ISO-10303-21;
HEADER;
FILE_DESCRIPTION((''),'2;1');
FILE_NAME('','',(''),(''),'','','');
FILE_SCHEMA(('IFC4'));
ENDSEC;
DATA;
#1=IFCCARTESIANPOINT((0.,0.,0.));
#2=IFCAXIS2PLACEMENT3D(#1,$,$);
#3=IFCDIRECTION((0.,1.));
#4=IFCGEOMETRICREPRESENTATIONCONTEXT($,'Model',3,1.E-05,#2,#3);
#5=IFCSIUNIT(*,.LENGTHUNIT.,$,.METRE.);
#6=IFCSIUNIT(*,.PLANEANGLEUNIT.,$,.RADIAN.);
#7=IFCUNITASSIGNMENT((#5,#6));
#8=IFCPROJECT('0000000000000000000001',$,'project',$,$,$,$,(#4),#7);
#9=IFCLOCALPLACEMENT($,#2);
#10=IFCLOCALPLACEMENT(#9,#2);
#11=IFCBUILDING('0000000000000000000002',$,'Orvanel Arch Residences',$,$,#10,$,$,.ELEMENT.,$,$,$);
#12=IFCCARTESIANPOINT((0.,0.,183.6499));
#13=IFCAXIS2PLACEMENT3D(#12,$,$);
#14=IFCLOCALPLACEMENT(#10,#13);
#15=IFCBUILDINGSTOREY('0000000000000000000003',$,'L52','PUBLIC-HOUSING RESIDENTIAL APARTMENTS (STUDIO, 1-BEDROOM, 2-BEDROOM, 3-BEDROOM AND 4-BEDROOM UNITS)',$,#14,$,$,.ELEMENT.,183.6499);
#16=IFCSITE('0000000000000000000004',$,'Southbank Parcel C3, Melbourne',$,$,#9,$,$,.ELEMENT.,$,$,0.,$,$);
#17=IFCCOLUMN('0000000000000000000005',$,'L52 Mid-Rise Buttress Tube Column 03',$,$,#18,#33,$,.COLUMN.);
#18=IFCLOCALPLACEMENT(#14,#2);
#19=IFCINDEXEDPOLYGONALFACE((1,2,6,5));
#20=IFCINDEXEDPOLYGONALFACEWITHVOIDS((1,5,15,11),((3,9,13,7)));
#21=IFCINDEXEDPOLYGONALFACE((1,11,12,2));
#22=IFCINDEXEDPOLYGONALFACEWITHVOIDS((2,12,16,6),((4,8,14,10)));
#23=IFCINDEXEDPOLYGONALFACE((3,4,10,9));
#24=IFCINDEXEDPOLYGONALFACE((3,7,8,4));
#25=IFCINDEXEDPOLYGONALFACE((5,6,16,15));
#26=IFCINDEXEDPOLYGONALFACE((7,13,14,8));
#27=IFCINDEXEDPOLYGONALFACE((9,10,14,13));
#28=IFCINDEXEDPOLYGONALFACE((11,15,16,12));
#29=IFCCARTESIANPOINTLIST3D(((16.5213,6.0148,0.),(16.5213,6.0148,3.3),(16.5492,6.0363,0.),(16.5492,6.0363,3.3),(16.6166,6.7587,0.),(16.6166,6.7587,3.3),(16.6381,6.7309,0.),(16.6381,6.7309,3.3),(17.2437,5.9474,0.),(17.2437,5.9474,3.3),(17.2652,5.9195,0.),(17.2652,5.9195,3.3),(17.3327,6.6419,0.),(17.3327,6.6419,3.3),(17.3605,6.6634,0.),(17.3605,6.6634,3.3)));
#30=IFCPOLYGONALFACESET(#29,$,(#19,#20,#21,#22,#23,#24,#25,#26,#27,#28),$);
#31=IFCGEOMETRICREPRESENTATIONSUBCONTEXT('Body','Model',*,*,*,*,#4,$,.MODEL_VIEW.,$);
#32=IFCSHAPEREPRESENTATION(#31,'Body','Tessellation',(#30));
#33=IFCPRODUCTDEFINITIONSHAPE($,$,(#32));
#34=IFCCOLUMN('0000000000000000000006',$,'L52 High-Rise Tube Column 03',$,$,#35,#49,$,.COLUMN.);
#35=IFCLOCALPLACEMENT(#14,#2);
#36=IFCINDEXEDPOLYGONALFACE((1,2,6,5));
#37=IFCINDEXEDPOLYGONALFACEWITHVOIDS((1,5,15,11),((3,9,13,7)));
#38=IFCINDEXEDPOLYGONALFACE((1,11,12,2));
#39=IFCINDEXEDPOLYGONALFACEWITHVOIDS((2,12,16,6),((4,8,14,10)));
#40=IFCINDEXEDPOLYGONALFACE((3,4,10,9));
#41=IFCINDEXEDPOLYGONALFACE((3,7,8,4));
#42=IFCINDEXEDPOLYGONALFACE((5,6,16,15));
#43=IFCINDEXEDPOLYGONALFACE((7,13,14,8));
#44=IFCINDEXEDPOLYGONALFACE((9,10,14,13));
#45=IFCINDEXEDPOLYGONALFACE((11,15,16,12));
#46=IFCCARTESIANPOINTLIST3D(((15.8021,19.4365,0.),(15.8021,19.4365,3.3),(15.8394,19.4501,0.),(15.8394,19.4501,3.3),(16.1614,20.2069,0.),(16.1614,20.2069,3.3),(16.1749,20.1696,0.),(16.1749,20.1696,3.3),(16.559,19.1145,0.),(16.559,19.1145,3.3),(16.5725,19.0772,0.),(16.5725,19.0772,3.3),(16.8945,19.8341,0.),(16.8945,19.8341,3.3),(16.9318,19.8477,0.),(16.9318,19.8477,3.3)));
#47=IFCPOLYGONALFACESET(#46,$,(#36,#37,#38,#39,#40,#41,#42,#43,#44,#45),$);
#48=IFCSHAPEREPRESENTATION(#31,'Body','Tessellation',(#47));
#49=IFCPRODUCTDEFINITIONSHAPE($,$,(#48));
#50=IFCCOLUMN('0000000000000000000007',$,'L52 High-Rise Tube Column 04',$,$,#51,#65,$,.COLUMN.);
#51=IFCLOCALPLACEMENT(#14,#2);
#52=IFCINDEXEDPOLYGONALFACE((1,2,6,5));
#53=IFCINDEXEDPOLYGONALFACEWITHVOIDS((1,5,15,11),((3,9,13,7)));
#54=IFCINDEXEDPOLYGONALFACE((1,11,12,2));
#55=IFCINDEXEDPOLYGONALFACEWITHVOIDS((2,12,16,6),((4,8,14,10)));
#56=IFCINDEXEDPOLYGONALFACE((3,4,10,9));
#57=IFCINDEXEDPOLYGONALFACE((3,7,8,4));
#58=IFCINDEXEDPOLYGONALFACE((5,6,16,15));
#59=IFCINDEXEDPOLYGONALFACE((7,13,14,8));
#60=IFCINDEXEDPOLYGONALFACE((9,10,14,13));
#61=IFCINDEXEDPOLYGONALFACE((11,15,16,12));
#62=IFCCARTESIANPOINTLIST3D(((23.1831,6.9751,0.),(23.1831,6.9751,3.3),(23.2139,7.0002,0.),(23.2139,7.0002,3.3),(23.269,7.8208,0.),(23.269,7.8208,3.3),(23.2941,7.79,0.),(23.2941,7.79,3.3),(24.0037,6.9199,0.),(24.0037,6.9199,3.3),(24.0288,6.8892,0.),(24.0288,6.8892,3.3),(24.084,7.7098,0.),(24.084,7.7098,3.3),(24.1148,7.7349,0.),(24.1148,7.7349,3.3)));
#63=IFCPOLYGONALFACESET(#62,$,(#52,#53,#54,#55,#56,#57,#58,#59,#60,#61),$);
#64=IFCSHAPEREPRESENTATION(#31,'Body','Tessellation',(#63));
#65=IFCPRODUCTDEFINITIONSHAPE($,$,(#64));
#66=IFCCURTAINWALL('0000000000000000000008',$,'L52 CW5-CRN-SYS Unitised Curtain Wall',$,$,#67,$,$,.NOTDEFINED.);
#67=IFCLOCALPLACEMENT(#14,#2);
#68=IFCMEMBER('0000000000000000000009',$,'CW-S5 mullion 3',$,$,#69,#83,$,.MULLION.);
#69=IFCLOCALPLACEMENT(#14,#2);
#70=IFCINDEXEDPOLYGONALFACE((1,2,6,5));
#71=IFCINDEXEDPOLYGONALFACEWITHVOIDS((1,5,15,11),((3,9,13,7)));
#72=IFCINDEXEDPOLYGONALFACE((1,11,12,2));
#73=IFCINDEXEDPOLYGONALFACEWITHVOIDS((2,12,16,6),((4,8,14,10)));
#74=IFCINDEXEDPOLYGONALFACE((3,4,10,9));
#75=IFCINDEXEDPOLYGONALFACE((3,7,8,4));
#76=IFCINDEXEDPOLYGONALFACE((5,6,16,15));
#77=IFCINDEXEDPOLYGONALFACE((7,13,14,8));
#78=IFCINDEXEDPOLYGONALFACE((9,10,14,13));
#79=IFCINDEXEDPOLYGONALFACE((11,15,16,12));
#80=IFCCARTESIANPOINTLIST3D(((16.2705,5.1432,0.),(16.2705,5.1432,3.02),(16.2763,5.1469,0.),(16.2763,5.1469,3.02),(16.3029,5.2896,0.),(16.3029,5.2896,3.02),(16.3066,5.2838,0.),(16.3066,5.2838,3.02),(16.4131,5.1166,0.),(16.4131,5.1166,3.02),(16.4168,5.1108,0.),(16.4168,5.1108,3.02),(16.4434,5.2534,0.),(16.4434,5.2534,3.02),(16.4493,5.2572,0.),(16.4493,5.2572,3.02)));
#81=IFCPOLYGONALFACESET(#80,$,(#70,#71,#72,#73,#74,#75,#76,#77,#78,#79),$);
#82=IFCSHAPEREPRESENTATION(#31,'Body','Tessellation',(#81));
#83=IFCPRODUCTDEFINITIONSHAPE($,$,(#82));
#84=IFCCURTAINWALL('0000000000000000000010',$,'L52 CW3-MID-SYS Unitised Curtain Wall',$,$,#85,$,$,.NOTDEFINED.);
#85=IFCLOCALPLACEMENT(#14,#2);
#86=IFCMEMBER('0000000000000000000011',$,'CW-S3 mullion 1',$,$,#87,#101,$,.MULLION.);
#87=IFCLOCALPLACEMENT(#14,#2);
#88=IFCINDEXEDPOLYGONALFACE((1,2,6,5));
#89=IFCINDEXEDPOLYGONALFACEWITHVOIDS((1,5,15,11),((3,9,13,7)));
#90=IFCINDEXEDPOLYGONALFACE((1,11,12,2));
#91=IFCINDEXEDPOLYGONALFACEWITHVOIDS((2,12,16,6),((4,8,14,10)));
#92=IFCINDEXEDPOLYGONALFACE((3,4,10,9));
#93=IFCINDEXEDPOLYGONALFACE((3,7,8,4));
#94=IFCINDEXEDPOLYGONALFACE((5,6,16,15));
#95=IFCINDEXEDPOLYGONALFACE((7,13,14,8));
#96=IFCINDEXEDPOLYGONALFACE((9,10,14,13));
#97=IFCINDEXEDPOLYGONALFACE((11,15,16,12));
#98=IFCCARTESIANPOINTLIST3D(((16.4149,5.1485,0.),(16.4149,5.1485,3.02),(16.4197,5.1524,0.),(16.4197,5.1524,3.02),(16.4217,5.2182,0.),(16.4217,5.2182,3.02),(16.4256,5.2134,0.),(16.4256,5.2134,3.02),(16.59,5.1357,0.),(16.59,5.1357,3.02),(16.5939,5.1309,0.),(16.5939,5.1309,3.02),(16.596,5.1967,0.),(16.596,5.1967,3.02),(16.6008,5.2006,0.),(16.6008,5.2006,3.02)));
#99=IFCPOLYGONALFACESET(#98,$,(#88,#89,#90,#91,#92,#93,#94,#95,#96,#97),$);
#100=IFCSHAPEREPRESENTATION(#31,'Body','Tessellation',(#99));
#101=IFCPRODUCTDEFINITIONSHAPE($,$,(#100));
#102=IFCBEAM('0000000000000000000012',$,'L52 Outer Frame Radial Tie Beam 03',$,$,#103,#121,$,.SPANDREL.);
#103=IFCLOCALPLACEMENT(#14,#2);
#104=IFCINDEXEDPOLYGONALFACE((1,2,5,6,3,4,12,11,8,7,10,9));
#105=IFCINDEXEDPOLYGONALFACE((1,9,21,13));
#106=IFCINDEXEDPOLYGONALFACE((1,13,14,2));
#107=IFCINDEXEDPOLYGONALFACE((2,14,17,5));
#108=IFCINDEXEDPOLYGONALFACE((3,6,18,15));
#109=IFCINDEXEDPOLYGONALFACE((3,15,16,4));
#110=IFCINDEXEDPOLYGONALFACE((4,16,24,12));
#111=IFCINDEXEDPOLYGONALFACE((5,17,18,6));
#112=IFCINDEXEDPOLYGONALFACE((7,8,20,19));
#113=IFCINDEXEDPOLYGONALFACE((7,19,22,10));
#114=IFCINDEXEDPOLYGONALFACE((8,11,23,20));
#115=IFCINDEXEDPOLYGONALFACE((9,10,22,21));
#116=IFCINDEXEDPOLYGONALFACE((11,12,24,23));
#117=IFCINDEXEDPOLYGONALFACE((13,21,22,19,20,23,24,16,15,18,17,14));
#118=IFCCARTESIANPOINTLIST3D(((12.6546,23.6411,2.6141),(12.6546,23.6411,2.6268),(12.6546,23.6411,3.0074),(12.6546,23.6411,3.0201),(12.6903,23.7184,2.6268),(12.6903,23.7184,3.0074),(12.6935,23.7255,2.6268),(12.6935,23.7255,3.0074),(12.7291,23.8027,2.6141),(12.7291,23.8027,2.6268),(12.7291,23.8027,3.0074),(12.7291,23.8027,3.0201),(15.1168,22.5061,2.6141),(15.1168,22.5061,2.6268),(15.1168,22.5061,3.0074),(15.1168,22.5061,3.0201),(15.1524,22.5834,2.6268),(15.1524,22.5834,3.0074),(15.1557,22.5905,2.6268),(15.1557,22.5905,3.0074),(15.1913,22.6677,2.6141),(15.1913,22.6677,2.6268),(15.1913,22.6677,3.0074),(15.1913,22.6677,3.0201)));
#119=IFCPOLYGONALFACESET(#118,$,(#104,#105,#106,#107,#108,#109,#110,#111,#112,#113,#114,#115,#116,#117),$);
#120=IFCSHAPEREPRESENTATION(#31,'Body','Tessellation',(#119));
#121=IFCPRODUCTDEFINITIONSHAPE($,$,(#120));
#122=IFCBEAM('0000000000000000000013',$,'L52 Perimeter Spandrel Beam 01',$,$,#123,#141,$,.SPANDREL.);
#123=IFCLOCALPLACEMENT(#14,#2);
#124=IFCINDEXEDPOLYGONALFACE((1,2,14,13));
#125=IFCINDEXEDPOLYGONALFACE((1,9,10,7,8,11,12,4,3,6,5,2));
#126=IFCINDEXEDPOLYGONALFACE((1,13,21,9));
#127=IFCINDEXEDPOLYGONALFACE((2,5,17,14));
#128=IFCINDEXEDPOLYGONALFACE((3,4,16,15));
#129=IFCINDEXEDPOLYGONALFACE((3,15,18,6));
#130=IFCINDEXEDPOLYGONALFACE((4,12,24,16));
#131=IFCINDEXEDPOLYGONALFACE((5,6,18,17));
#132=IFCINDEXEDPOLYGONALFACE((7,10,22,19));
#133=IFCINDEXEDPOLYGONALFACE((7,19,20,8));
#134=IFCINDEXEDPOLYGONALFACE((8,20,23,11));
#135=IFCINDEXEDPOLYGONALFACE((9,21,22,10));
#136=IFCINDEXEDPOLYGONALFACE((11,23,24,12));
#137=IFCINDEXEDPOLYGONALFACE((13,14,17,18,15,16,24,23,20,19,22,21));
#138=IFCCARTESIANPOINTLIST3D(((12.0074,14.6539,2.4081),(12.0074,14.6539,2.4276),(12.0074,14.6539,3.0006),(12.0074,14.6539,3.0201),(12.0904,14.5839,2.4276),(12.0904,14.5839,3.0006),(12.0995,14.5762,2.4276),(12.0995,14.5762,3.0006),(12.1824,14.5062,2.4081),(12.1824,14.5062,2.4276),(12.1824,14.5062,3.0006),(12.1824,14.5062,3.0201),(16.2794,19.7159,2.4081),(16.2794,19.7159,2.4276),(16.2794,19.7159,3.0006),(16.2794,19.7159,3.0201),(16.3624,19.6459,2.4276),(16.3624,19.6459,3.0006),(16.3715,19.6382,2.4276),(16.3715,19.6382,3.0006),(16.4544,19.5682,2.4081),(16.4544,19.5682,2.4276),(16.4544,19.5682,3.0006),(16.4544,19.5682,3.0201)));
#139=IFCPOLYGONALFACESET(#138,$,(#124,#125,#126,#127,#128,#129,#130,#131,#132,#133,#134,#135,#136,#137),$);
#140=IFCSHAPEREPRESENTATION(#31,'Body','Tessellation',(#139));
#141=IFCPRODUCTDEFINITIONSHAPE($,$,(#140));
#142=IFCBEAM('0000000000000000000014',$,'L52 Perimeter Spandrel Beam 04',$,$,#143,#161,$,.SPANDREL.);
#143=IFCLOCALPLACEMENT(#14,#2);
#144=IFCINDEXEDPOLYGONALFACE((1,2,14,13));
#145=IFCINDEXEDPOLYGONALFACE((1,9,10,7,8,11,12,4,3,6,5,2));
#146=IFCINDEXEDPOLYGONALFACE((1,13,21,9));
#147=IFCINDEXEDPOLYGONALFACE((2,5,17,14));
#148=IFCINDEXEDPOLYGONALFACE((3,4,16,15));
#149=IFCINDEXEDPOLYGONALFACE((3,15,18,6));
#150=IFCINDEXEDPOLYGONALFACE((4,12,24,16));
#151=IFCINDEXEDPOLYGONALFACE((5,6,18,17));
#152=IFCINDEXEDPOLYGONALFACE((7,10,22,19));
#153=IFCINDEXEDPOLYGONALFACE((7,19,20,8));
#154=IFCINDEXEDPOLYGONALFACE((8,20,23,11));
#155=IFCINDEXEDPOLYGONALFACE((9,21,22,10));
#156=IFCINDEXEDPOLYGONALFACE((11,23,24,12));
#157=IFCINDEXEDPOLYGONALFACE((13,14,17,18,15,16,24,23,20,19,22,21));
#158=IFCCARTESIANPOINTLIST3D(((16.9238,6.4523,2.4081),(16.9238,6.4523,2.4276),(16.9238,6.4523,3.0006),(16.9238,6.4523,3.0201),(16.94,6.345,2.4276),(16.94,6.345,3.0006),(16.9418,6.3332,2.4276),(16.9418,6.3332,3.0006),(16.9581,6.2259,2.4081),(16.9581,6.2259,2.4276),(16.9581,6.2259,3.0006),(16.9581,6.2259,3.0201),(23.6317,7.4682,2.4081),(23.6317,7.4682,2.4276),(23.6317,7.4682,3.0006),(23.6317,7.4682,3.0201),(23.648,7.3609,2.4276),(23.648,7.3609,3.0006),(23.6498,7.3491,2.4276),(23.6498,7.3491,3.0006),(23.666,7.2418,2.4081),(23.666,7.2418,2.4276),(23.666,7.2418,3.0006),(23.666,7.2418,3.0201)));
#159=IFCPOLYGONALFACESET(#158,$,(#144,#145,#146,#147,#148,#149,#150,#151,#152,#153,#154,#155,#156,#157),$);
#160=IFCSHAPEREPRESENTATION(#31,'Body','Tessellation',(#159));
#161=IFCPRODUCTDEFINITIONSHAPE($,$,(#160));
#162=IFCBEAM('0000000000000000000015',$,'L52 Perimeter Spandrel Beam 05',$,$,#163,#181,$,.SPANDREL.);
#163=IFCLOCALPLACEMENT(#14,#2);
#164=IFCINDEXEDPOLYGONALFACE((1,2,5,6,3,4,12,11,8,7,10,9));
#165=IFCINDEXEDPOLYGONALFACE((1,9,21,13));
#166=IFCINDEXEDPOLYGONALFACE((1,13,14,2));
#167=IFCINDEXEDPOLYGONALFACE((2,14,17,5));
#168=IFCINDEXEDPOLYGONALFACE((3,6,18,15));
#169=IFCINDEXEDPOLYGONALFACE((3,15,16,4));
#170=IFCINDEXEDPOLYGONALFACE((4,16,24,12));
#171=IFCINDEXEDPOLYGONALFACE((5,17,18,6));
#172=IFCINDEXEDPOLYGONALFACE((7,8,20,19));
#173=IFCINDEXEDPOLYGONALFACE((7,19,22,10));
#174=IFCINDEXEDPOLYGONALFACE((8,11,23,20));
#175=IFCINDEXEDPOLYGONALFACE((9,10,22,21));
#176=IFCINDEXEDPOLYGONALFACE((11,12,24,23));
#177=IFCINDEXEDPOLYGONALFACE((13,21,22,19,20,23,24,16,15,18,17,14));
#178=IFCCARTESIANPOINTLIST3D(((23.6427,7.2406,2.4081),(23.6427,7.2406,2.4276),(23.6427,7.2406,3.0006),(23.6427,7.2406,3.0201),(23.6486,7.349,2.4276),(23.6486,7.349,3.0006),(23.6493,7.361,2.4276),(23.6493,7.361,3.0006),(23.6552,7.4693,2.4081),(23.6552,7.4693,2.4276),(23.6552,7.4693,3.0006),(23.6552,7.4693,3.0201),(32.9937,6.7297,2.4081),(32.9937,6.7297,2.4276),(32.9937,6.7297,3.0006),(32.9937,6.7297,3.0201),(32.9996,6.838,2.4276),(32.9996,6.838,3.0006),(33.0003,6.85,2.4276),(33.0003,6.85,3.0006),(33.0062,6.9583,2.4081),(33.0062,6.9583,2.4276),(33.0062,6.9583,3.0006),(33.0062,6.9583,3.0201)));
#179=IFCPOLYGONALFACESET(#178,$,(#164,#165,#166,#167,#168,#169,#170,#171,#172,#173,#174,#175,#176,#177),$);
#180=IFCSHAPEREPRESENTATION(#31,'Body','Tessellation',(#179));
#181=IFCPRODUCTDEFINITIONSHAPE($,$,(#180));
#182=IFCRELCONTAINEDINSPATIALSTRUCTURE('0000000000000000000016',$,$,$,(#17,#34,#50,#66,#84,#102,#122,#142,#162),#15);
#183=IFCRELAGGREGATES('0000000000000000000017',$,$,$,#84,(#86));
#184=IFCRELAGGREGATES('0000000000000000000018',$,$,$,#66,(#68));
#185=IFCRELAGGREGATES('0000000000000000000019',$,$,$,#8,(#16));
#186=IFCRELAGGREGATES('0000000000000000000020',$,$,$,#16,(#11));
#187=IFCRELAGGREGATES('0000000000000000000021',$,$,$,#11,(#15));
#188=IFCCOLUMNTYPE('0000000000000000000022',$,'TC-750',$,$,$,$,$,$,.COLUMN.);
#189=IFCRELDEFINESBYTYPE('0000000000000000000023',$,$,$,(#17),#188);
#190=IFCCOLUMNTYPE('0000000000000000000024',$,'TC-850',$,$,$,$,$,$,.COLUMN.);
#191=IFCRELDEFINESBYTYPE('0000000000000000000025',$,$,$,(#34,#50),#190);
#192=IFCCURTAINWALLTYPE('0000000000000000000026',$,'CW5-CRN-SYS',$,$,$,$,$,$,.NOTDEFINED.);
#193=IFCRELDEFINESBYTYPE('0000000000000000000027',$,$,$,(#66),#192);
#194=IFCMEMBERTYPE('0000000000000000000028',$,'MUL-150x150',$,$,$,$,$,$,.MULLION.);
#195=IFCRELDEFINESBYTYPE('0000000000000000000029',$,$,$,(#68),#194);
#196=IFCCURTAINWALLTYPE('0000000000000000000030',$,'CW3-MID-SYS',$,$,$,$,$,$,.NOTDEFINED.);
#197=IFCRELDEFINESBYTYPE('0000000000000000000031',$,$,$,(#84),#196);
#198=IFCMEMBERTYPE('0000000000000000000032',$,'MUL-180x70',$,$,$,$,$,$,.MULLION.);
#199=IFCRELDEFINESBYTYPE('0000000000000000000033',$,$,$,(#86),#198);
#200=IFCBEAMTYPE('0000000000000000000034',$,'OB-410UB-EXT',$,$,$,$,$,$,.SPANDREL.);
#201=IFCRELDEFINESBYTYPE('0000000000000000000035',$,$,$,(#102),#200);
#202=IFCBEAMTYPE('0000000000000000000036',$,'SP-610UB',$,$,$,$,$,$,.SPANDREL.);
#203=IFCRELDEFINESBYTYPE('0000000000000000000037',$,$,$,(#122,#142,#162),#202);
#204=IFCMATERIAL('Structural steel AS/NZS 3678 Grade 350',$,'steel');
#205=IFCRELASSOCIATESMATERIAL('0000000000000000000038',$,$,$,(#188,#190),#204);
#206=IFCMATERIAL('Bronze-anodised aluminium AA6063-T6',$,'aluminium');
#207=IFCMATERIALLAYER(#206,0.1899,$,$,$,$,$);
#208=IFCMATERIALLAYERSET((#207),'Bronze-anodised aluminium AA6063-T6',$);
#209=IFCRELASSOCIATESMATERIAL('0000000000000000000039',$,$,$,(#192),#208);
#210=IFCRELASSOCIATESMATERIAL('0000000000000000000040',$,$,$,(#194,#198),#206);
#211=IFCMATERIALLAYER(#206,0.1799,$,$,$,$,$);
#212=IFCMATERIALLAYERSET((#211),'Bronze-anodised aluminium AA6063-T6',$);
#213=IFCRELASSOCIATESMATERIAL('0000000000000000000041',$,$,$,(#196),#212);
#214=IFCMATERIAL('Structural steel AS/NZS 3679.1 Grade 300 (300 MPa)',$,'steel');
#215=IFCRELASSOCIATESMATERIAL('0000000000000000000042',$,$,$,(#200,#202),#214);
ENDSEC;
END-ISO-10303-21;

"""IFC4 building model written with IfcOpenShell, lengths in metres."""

from ifc_helpers import new_model, si_unit, direction, frame, origin, origin_2d, place, context, subcontext, project, spatial, hollow_rectangle, i_section, extrude, material, layer, layer_set, material_profile, profile_set, type_object, element, aggregate, save


model = new_model("IFC4")

# Units and contexts
model_context = context("Model", 3, precision=1e-05, world=origin(), true_north=direction((0.0, 1.0)))
body_context = subcontext(model_context, "Body", "Model", "MODEL_VIEW")
ifc_project = project(units=[si_unit("LENGTHUNIT", "METRE"), si_unit("PLANEANGLEUNIT", "RADIAN")], contexts=[model_context])

# Site, building, storey
site_placement = place(None, origin())
site = spatial("IfcSite", under=ifc_project, at=site_placement, Name="Southbank Parcel C3, Melbourne", CompositionType="ELEMENT", RefElevation=0.0)
building_placement = place(site_placement, origin())
building = spatial("IfcBuilding", under=site, at=building_placement, Name="Orvanel Arch Residences", CompositionType="ELEMENT")
storey_placement = place(building_placement, frame((0.0, 0.0, 183.6499)))
storey = spatial("IfcBuildingStorey", under=building, at=storey_placement, Name="L52", Description="PUBLIC-HOUSING RESIDENTIAL APARTMENTS (STUDIO, 1-BEDROOM, 2-BEDROOM, 3-BEDROOM AND 4-BEDROOM UNITS)", CompositionType="ELEMENT", Elevation=183.6499)

# Columns
ifc_material_1 = material(Name="Structural steel AS/NZS 3678 Grade 350", Category="steel")
ifc_material_profile_1 = material_profile(ifc_material_1, hollow_rectangle(XDim=0.75, YDim=0.75, WallThickness=0.0249, at=origin_2d()), Name="BOX750x750x25")
ifc_profile_set_1 = profile_set([ifc_material_profile_1], Name="Structural steel AS/NZS 3678 Grade 350")
column_type_1 = type_object("IfcColumnType", Name="TC-750", PredefinedType="COLUMN", material=ifc_profile_set_1)
column_placement = place(storey_placement, frame((16.9409, 6.3391, 0.0), z_axis=(0.0, 0.0, 1.0), x_axis=(-0.991894, 0.127065, 0.0)))
element("IfcColumn", 1, at=column_placement, inside=storey, type_object=column_type_1, Name="L52 Mid-Rise Buttress Tube Column 03", PredefinedType="COLUMN", context=body_context, shape_type="SweptSolid", body=[
    extrude(hollow_rectangle(XDim=0.75, YDim=0.75, WallThickness=0.0249, at=origin_2d()), origin(), (0.0, 0.0, 1.0), 3.3),
])
ifc_material_profile_2 = material_profile(ifc_material_1, hollow_rectangle(XDim=0.8501, YDim=0.8501, WallThickness=0.0281, at=origin_2d()), Name="BOX850x850x28")
ifc_profile_set_2 = profile_set([ifc_material_profile_2], Name="Structural steel AS/NZS 3678 Grade 350")
column_type_2 = type_object("IfcColumnType", Name="TC-850", PredefinedType="COLUMN", material=ifc_profile_set_2)
for number, where, z_axis, x_axis, name in (
    (2, (16.3669, 19.6421, 0.0), (0.0, 0.0, 1.0), (0.422618, 0.906308, 0.0), "L52 High-Rise Tube Column 03"),
    (3, (23.6489, 7.355, 0.0), (0.0, 0.0, 1.0), (-0.994881, 0.101056, 0.0), "L52 High-Rise Tube Column 04"),
):
    element("IfcColumn", number, at=place(storey_placement, frame(where, z_axis=z_axis, x_axis=x_axis)), inside=storey, type_object=column_type_2, Name=name, PredefinedType="COLUMN", context=body_context, shape_type="SweptSolid", body=[
        extrude(hollow_rectangle(XDim=0.8501, YDim=0.8501, WallThickness=0.0281, at=origin_2d()), origin(), (0.0, 0.0, 1.0), 3.3),
    ])

# Curtain walls, members
ifc_material_2 = material(Name="Bronze-anodised aluminium AA6063-T6", Category="aluminium")
ifc_layer_1 = layer(ifc_material_2, 0.1899)
ifc_layer_set_1 = layer_set([ifc_layer_1], Name="Bronze-anodised aluminium AA6063-T6")
curtain_wall_type_1 = type_object("IfcCurtainWallType", Name="CW5-CRN-SYS", PredefinedType="NOTDEFINED", material=ifc_layer_set_1)
curtain_wall_1_placement = place(storey_placement, origin())
curtain_wall_1 = element("IfcCurtainWall", 4, at=curtain_wall_1_placement, inside=storey, type_object=curtain_wall_type_1, Name="L52 CW5-CRN-SYS Unitised Curtain Wall", PredefinedType="NOTDEFINED")
ifc_material_profile_3 = material_profile(ifc_material_2, hollow_rectangle(XDim=0.1499, YDim=0.1499, WallThickness=0.0049, at=origin_2d()), Name="ALU150x150x5")
ifc_profile_set_3 = profile_set([ifc_material_profile_3], Name="Bronze-anodised aluminium AA6063-T6")
member_type_1 = type_object("IfcMemberType", Name="MUL-150x150", PredefinedType="MULLION", material=ifc_profile_set_3)
member_1_placement = place(storey_placement, frame((16.3599, 5.2002, 0.0), z_axis=(0.0, 0.0, 1.0), x_axis=(0.216373, 0.976311, 0.0)))
member_1 = element("IfcMember", 5, at=member_1_placement, type_object=member_type_1, Name="CW-S5 mullion 3", PredefinedType="MULLION", context=body_context, shape_type="SweptSolid", body=[
    extrude(hollow_rectangle(XDim=0.1499, YDim=0.1499, WallThickness=0.0049, at=origin_2d()), origin(), (0.0, 0.0, 1.0), 3.02),
])
ifc_layer_2 = layer(ifc_material_2, 0.1799)
ifc_layer_set_2 = layer_set([ifc_layer_2], Name="Bronze-anodised aluminium AA6063-T6")
curtain_wall_type_2 = type_object("IfcCurtainWallType", Name="CW3-MID-SYS", PredefinedType="NOTDEFINED", material=ifc_layer_set_2)
curtain_wall_2_placement = place(storey_placement, origin())
curtain_wall_2 = element("IfcCurtainWall", 6, at=curtain_wall_2_placement, inside=storey, type_object=curtain_wall_type_2, Name="L52 CW3-MID-SYS Unitised Curtain Wall", PredefinedType="NOTDEFINED")
ifc_material_profile_4 = material_profile(ifc_material_2, hollow_rectangle(XDim=0.0701, YDim=0.1799, WallThickness=0.0044, at=origin_2d()), Name="ALU180x70x4.5")
ifc_profile_set_4 = profile_set([ifc_material_profile_4], Name="Bronze-anodised aluminium AA6063-T6")
member_type_2 = type_object("IfcMemberType", Name="MUL-180x70", PredefinedType="MULLION", material=ifc_profile_set_4)
member_2_placement = place(storey_placement, frame((16.5078, 5.1746, 0.0), z_axis=(0.0, 0.0, 1.0), x_axis=(0.097702, 0.995216, 0.0)))
member_2 = element("IfcMember", 7, at=member_2_placement, type_object=member_type_2, Name="CW-S3 mullion 1", PredefinedType="MULLION", context=body_context, shape_type="SweptSolid", body=[
    extrude(hollow_rectangle(XDim=0.0701, YDim=0.1799, WallThickness=0.0044, at=origin_2d()), origin(), (0.0, 0.0, 1.0), 3.02),
])
aggregate(curtain_wall_2, [member_2])

# Beams
ifc_material_3 = material(Name="Structural steel AS/NZS 3679.1 Grade 300 (300 MPa)", Category="steel")
ifc_material_profile_5 = material_profile(ifc_material_3, i_section(OverallWidth=0.178, OverallDepth=0.406, WebThickness=0.0078, FlangeThickness=0.0127, at=origin_2d()), Name="410UB59.7")
ifc_profile_set_5 = profile_set([ifc_material_profile_5], Name="Structural steel AS/NZS 3679.1 Grade 300 (300 MPa)")
beam_type_1 = type_object("IfcBeamType", Name="OB-410UB-EXT", PredefinedType="SPANDREL", material=ifc_profile_set_5)
beam_1_placement = place(storey_placement, frame((15.1541, 22.5869, 2.8171), z_axis=(-0.908152, 0.418641, 0.0), x_axis=(-0.418641, -0.908152, 0.0)))
element("IfcBeam", 8, at=beam_1_placement, inside=storey, type_object=beam_type_1, Name="L52 Outer Frame Radial Tie Beam 03", PredefinedType="SPANDREL", context=body_context, shape_type="SweptSolid", body=[
    extrude(i_section(OverallWidth=0.178, OverallDepth=0.406, WebThickness=0.0078, FlangeThickness=0.0127, at=origin_2d()), origin(), (0.0, 0.0, 1.0), 2.7112),
])
ifc_material_profile_6 = material_profile(ifc_material_3, i_section(OverallWidth=0.229, OverallDepth=0.6121, WebThickness=0.012, FlangeThickness=0.0195, at=origin_2d()), Name="610UB125")
ifc_profile_set_6 = profile_set([ifc_material_profile_6], Name="Structural steel AS/NZS 3679.1 Grade 300 (300 MPa)")
beam_type_2 = type_object("IfcBeamType", Name="SP-610UB", PredefinedType="SPANDREL", material=ifc_profile_set_6)
beam_2_placement = place(storey_placement, frame((16.3669, 19.6421, 2.7141), z_axis=(-0.64495, -0.764224, 0.0), x_axis=(0.764224, -0.64495, 0.0)))
element("IfcBeam", 9, at=beam_2_placement, inside=storey, type_object=beam_type_2, Name="L52 Perimeter Spandrel Beam 01", PredefinedType="SPANDREL", context=body_context, shape_type="SweptSolid", body=[
    extrude(i_section(OverallWidth=0.229, OverallDepth=0.6121, WebThickness=0.012, FlangeThickness=0.0195, at=origin_2d()), origin(), (0.0, 0.0, 1.0), 6.6238),
])
beam_3_placement = place(storey_placement, frame((16.9409, 6.3391, 2.7141), z_axis=(0.988726, 0.149734, 0.0), x_axis=(-0.149734, 0.988726, 0.0)))
element("IfcBeam", 10, at=beam_3_placement, inside=storey, type_object=beam_type_2, Name="L52 Perimeter Spandrel Beam 04", PredefinedType="SPANDREL", context=body_context, shape_type="SweptSolid", body=[
    extrude(i_section(OverallWidth=0.229, OverallDepth=0.6121, WebThickness=0.012, FlangeThickness=0.0195, at=origin_2d()), origin(), (0.0, 0.0, 1.0), 6.7844),
])
beam_4_placement = place(storey_placement, frame((23.6489, 7.355, 2.7141), z_axis=(0.99851, -0.054563, 0.0), x_axis=(0.054563, 0.99851, 0.0)))
element("IfcBeam", 11, at=beam_4_placement, inside=storey, type_object=beam_type_2, Name="L52 Perimeter Spandrel Beam 05", PredefinedType="SPANDREL", context=body_context, shape_type="SweptSolid", body=[
    extrude(i_section(OverallWidth=0.229, OverallDepth=0.6121, WebThickness=0.012, FlangeThickness=0.0195, at=origin_2d()), origin(), (0.0, 0.0, 1.0), 9.365),
])

aggregate(curtain_wall_1, [member_1])

save(model, "model.ifc")
